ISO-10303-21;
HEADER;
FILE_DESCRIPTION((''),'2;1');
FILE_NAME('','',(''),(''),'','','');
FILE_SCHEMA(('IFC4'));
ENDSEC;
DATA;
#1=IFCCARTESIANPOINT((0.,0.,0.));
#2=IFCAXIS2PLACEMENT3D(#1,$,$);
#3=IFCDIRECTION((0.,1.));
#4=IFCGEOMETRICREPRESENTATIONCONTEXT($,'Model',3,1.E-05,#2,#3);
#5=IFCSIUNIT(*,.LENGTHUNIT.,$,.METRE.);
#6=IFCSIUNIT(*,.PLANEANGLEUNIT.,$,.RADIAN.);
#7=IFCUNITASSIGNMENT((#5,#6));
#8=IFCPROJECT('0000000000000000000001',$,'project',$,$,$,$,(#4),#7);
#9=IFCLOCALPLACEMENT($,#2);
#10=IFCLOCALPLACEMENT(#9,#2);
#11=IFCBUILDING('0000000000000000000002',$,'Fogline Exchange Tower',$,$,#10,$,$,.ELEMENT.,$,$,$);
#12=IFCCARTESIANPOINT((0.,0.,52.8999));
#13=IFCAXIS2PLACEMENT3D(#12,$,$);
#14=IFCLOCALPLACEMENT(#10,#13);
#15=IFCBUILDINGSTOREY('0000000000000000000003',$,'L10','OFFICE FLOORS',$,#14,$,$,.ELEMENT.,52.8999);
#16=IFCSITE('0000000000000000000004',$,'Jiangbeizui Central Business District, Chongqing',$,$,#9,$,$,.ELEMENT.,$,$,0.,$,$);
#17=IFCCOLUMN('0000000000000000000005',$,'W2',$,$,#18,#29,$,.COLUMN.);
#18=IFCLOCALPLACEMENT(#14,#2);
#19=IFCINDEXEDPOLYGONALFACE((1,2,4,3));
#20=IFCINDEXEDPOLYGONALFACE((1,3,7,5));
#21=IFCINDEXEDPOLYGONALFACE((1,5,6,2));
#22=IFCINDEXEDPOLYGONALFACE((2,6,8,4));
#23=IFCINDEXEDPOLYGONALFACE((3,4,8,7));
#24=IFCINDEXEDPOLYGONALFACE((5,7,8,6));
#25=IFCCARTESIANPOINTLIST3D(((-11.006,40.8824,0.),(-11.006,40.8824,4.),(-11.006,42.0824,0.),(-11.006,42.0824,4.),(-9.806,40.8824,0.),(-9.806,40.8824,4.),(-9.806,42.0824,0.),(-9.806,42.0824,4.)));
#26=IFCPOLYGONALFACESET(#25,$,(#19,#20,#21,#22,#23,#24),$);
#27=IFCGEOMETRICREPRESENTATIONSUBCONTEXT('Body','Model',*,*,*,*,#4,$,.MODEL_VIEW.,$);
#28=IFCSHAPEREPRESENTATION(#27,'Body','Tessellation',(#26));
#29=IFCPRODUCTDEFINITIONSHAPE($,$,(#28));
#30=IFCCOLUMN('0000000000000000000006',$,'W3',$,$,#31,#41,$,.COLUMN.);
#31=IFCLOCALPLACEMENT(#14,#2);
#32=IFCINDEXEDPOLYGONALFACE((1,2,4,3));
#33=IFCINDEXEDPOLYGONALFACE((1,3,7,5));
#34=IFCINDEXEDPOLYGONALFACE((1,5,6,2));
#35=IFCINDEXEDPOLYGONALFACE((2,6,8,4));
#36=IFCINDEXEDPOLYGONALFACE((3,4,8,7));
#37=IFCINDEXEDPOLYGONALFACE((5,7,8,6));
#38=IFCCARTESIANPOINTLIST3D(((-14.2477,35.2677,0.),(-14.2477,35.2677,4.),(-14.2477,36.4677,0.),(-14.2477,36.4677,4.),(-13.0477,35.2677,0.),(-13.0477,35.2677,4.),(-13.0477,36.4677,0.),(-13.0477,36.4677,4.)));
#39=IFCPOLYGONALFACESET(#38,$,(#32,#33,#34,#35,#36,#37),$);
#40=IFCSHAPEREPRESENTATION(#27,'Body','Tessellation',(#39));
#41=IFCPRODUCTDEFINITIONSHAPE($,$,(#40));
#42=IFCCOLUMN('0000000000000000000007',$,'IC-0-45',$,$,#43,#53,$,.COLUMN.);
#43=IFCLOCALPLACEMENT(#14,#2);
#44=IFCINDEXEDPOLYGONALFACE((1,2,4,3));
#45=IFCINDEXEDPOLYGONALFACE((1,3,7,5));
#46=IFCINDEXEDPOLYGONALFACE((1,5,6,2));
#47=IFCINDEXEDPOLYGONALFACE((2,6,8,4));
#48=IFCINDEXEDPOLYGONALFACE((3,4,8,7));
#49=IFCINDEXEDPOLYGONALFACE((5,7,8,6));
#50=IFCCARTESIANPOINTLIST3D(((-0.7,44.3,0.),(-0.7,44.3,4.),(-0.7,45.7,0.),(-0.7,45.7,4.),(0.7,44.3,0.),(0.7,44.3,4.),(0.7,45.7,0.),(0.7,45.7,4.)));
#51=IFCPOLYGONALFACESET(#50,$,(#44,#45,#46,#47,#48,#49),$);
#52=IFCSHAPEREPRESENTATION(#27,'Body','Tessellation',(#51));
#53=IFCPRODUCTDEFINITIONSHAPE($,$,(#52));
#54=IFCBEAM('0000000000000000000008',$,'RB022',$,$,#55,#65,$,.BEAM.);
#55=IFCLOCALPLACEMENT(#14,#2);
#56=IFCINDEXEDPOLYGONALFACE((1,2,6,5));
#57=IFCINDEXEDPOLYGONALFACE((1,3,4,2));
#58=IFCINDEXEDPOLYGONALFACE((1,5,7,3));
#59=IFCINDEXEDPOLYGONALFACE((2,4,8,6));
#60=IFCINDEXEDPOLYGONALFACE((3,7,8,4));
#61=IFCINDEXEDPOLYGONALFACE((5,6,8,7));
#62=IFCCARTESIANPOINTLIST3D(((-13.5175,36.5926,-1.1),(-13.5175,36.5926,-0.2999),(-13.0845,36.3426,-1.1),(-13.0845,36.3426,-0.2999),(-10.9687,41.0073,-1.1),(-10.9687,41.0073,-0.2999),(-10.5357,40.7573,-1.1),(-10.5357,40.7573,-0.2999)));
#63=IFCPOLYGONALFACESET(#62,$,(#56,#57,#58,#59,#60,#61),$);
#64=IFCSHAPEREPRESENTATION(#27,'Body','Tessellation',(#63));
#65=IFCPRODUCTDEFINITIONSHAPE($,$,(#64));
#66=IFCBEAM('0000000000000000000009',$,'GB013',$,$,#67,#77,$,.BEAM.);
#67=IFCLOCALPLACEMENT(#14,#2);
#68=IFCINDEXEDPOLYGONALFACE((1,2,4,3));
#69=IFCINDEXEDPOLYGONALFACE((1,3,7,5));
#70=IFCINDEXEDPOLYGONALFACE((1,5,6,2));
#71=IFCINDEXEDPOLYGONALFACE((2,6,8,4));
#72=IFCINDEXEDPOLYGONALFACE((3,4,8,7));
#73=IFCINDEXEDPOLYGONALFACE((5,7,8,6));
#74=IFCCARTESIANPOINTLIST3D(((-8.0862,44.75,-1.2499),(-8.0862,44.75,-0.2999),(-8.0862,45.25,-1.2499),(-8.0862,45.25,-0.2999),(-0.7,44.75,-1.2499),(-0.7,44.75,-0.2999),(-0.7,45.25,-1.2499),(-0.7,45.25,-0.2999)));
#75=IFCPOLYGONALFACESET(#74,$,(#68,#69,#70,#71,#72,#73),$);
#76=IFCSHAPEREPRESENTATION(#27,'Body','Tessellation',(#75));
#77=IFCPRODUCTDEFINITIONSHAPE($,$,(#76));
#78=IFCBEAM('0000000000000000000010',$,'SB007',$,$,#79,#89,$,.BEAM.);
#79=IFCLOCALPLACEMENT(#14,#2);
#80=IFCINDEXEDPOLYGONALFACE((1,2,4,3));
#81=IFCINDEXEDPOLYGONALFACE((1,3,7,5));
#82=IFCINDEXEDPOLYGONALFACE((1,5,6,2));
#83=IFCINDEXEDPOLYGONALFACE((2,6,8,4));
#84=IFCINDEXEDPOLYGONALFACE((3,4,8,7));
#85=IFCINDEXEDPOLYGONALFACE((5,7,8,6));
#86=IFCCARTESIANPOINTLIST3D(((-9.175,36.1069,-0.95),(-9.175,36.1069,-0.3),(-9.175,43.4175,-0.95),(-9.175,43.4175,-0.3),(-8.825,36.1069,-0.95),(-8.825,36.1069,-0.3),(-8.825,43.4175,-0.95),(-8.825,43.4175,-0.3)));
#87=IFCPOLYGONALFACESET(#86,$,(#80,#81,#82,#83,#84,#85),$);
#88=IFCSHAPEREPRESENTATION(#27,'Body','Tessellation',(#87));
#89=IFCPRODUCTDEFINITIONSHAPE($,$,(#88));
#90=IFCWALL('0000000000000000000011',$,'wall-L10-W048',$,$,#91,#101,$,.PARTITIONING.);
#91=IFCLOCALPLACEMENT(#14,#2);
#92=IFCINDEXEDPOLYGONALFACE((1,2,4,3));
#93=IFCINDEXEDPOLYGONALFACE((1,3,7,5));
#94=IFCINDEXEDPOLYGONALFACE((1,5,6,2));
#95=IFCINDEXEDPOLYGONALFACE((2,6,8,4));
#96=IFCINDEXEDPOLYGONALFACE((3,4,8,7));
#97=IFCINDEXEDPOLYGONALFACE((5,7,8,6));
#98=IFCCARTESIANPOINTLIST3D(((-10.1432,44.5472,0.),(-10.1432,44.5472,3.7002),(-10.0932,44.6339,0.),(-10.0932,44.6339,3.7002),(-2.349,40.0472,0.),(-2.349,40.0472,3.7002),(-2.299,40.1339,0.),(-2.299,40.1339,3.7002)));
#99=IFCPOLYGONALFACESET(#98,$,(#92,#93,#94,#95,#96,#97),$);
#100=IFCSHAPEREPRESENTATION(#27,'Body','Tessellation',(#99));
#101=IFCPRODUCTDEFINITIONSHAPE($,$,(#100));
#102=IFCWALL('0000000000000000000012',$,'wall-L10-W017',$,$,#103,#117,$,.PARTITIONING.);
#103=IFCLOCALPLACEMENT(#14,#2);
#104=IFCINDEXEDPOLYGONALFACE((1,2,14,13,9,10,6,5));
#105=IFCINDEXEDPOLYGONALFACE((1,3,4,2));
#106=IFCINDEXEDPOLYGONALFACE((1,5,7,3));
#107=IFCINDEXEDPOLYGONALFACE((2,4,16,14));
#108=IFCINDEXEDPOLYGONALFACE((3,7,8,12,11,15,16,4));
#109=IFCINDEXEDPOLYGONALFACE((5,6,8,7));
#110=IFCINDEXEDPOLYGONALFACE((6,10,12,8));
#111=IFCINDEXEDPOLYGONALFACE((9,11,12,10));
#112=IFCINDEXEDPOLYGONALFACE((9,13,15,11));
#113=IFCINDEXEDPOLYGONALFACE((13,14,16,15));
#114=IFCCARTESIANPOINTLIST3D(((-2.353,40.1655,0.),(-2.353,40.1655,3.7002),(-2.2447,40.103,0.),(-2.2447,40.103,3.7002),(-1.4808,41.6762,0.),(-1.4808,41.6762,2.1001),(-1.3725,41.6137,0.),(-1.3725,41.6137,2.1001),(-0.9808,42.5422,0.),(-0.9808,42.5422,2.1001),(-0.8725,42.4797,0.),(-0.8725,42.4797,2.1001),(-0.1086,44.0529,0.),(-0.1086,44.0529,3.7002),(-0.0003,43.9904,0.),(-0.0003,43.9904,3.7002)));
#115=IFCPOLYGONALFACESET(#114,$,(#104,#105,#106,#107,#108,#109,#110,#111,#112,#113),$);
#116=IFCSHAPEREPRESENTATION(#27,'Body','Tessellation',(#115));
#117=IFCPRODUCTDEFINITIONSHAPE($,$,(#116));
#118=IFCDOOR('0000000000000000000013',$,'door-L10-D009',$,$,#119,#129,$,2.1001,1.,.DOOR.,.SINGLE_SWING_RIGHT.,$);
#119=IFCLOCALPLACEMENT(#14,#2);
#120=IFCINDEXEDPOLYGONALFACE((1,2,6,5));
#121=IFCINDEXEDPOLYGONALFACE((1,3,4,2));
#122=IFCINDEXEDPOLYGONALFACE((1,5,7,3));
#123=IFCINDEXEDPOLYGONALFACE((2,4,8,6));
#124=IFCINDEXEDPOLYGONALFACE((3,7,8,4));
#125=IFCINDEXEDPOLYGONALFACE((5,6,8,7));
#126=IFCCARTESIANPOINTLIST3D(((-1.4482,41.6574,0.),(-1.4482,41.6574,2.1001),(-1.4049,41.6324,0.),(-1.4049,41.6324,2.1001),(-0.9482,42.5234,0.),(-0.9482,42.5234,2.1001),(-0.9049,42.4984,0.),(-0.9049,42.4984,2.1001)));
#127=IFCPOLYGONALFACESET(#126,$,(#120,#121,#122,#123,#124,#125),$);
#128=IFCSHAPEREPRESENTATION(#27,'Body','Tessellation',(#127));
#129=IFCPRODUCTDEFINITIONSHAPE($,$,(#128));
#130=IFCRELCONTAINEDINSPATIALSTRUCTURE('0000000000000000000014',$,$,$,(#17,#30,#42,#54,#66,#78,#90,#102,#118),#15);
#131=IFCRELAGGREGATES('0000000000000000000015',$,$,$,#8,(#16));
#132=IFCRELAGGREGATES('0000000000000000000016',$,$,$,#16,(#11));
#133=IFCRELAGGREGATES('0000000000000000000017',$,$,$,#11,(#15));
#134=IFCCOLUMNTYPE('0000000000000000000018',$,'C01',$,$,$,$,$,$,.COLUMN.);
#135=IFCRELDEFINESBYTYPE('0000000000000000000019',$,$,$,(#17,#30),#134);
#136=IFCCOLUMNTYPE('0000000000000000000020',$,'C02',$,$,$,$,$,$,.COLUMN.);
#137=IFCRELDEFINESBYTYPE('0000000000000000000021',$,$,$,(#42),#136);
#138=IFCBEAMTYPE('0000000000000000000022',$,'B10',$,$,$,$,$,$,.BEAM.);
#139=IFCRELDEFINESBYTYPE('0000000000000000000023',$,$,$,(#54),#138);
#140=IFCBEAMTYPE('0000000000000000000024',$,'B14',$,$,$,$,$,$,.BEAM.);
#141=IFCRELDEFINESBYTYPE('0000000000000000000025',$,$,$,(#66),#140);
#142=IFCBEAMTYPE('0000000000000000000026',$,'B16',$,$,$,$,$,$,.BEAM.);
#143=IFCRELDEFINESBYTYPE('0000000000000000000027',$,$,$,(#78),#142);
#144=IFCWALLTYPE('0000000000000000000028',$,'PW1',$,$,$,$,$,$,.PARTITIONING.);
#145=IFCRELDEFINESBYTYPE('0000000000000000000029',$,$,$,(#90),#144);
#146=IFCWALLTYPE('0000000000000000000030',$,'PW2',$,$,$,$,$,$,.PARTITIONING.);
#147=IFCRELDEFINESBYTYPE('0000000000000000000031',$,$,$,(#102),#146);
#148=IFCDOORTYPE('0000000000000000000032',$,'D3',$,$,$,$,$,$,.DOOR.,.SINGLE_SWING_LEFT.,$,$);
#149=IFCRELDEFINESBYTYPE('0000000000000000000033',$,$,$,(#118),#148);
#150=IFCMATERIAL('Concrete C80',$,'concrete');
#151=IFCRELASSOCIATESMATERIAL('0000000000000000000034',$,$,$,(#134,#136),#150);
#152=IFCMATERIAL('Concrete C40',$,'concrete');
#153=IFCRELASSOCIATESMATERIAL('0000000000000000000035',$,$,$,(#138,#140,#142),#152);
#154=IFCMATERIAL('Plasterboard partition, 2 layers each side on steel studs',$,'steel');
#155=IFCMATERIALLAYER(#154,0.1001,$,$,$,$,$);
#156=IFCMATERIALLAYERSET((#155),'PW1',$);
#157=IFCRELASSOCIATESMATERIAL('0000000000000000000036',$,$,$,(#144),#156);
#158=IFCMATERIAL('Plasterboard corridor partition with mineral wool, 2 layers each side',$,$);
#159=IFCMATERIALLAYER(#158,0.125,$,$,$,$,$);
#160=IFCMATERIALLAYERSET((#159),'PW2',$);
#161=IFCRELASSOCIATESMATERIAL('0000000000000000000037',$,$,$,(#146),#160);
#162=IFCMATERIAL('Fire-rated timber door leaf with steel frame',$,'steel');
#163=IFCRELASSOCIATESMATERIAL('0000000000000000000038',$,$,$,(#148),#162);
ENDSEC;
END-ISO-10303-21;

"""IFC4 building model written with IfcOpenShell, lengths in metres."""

from ifc_helpers import new_model, si_unit, direction, frame, frame_2d, origin, origin_2d, place, context, subcontext, project, spatial, rectangle, extrude, material, layer, layer_set, material_profile, profile_set, type_object, element, fill, save


model = new_model("IFC4")

# Units and contexts
model_context = context("Model", 3, precision=1e-05, world=origin(), true_north=direction((0.0, 1.0)))
body_context = subcontext(model_context, "Body", "Model", "MODEL_VIEW")
ifc_project = project(units=[si_unit("LENGTHUNIT", "METRE"), si_unit("PLANEANGLEUNIT", "RADIAN")], contexts=[model_context])

# Site, building, storey
site_placement = place(None, origin())
site = spatial("IfcSite", under=ifc_project, at=site_placement, Name="Jiangbeizui Central Business District, Chongqing", CompositionType="ELEMENT", RefElevation=0.0)
building_placement = place(site_placement, origin())
building = spatial("IfcBuilding", under=site, at=building_placement, Name="Fogline Exchange Tower", CompositionType="ELEMENT")
storey_placement = place(building_placement, frame((0.0, 0.0, 52.8999)))
storey = spatial("IfcBuildingStorey", under=building, at=storey_placement, Name="L10", Description="OFFICE FLOORS", CompositionType="ELEMENT", Elevation=52.8999)

# Columns
ifc_material_1 = material(Name="Concrete C80", Category="concrete")
ifc_material_profile_1 = material_profile(ifc_material_1, rectangle(XDim=1.2, YDim=1.2, at=origin_2d()), Name="RC 1200x1200")
ifc_profile_set_1 = profile_set([ifc_material_profile_1], Name="Concrete C80")
column_type_1 = type_object("IfcColumnType", Name="C01", PredefinedType="COLUMN", material=ifc_profile_set_1)
for number, where, z_axis, x_axis, name in (
    (1, (-10.406, 41.4824, 0.0), (0.0, 0.0, 1.0), (1.0, 0.0, 0.0), "W2"),
    (2, (-13.6477, 35.8677, 0.0), (0.0, 0.0, 1.0), (1.0, 0.0, 0.0), "W3"),
):
    element("IfcColumn", number, at=place(storey_placement, frame(where, z_axis=z_axis, x_axis=x_axis)), inside=storey, type_object=column_type_1, Name=name, PredefinedType="COLUMN", context=body_context, shape_type="SweptSolid", body=[
        extrude(rectangle(XDim=1.2, YDim=1.2, at=origin_2d()), origin(), (0.0, 0.0, 1.0), 4.0),
    ])
ifc_material_profile_2 = material_profile(ifc_material_1, rectangle(XDim=1.3999, YDim=1.3999, at=origin_2d()), Name="RC 1400x1400")
ifc_profile_set_2 = profile_set([ifc_material_profile_2], Name="Concrete C80")
column_type_2 = type_object("IfcColumnType", Name="C02", PredefinedType="COLUMN", material=ifc_profile_set_2)
column_placement = place(storey_placement, frame((0.0, 45.0, 0.0), z_axis=(0.0, 0.0, 1.0), x_axis=(1.0, 0.0, 0.0)))
element("IfcColumn", 3, at=column_placement, inside=storey, type_object=column_type_2, Name="IC-0-45", PredefinedType="COLUMN", context=body_context, shape_type="SweptSolid", body=[
    extrude(rectangle(XDim=1.3999, YDim=1.3999, at=origin_2d()), origin(), (0.0, 0.0, 1.0), 4.0),
])

# Beams
ifc_material_2 = material(Name="Concrete C40", Category="concrete")
ifc_material_profile_3 = material_profile(ifc_material_2, rectangle(XDim=0.5, YDim=0.8, at=origin_2d()), Name="RC 500x800")
ifc_profile_set_3 = profile_set([ifc_material_profile_3], Name="Concrete C40")
beam_type_1 = type_object("IfcBeamType", Name="B10", PredefinedType="BEAM", material=ifc_profile_set_3)
beam_1_placement = place(storey_placement, frame((-10.7522, 40.8823, -0.7), z_axis=(-0.499992, -0.86603, 0.0), x_axis=(0.86603, -0.499992, 0.0)))
element("IfcBeam", 4, at=beam_1_placement, inside=storey, type_object=beam_type_1, Name="RB022", PredefinedType="BEAM", context=body_context, shape_type="SweptSolid", body=[
    extrude(rectangle(XDim=0.5, YDim=0.8, at=origin_2d()), origin(), (0.0, 0.0, 1.0), 5.0977),
])
ifc_material_profile_4 = material_profile(ifc_material_2, rectangle(XDim=0.5, YDim=0.95, at=origin_2d()), Name="RC 500x950")
ifc_profile_set_4 = profile_set([ifc_material_profile_4], Name="Concrete C40")
beam_type_2 = type_object("IfcBeamType", Name="B14", PredefinedType="BEAM", material=ifc_profile_set_4)
beam_2_placement = place(storey_placement, frame((-8.0862, 45.0, -0.7749), z_axis=(1.0, 0.0, 0.0), x_axis=(0.0, 1.0, 0.0)))
element("IfcBeam", 5, at=beam_2_placement, inside=storey, type_object=beam_type_2, Name="GB013", PredefinedType="BEAM", context=body_context, shape_type="SweptSolid", body=[
    extrude(rectangle(XDim=0.5, YDim=0.95, at=origin_2d()), origin(), (0.0, 0.0, 1.0), 7.3862),
])
ifc_material_profile_5 = material_profile(ifc_material_2, rectangle(XDim=0.3501, YDim=0.6499, at=origin_2d()), Name="RC 350x650")
ifc_profile_set_5 = profile_set([ifc_material_profile_5], Name="Concrete C40")
beam_type_3 = type_object("IfcBeamType", Name="B16", PredefinedType="BEAM", material=ifc_profile_set_5)
beam_3_placement = place(storey_placement, frame((-9.0, 36.1069, -0.625), z_axis=(0.0, 1.0, 0.0), x_axis=(-1.0, 0.0, 0.0)))
element("IfcBeam", 6, at=beam_3_placement, inside=storey, type_object=beam_type_3, Name="SB007", PredefinedType="BEAM", context=body_context, shape_type="SweptSolid", body=[
    extrude(rectangle(XDim=0.3501, YDim=0.6499, at=origin_2d()), origin(), (0.0, 0.0, 1.0), 7.3105),
])

# Wall
ifc_material_3 = material(Name="Plasterboard partition, 2 layers each side on steel studs", Category="steel")
ifc_layer_1 = layer(ifc_material_3, 0.1001)
ifc_layer_set_1 = layer_set([ifc_layer_1], Name="PW1")
wall_type_1 = type_object("IfcWallType", Name="PW1", PredefinedType="PARTITIONING", material=ifc_layer_set_1)
wall_1_placement = place(storey_placement, frame((-2.324, 40.0906, 0.0), z_axis=(0.0, 0.0, 1.0), x_axis=(-0.866024, 0.500002, 0.0)))
element("IfcWall", 7, at=wall_1_placement, inside=storey, type_object=wall_type_1, Name="wall-L10-W048", PredefinedType="PARTITIONING", context=body_context, shape_type="SweptSolid", body=[
    extrude(rectangle(XDim=9.0, YDim=0.1001, at=frame_2d((4.5, 0.0))), origin(), (0.0, 0.0, 1.0), 3.7002),
])

# Wall, opening, door
ifc_material_4 = material(Name="Plasterboard corridor partition with mineral wool, 2 layers each side")
ifc_layer_2 = layer(ifc_material_4, 0.125)
ifc_layer_set_2 = layer_set([ifc_layer_2], Name="PW2")
wall_type_2 = type_object("IfcWallType", Name="PW2", PredefinedType="PARTITIONING", material=ifc_layer_set_2)
wall_2_placement = place(storey_placement, frame((-2.2988, 40.1343, 0.0), z_axis=(0.0, 0.0, 1.0), x_axis=(0.499994, 0.866029, 0.0)))
wall_2 = element("IfcWall", 8, at=wall_2_placement, inside=storey, type_object=wall_type_2, Name="wall-L10-W017", PredefinedType="PARTITIONING", context=body_context, shape_type="SweptSolid", body=[
    extrude(rectangle(XDim=4.4888, YDim=0.125, at=frame_2d((2.2444, 0.0))), origin(), (0.0, 0.0, 1.0), 3.7002),
])
opening_placement = place(wall_2_placement, frame((1.7444, 0.0, 0.0)))
opening = element("IfcOpeningElement", 9, at=opening_placement, cuts=wall_2, PredefinedType="OPENING", context=body_context, shape_type="SweptSolid", body=[
    extrude(rectangle(XDim=1.0, YDim=2.1001, at=frame_2d((0.5, 1.05))), frame((0.0, 0.0725, 0.0), z_axis=(0.0, -1.0, 0.0), x_axis=(1.0, 0.0, 0.0)), (0.0, 0.0, 1.0), 0.145),
])
ifc_material_5 = material(Name="Fire-rated timber door leaf with steel frame", Category="steel")
door_type = type_object("IfcDoorType", Name="D3", OperationType="SINGLE_SWING_LEFT", PredefinedType="DOOR", material=ifc_material_5)
door_placement = place(opening_placement, origin())
door = element("IfcDoor", 10, at=door_placement, inside=storey, type_object=door_type, Name="door-L10-D009", OperationType="SINGLE_SWING_RIGHT", OverallHeight=2.1001, OverallWidth=1.0, PredefinedType="DOOR", context=body_context, shape_type="SweptSolid", body=[
    extrude(rectangle(XDim=1.0, YDim=2.1001, at=frame_2d((0.5, 1.05))), frame((0.0, 0.0249, 0.0), z_axis=(0.0, -1.0, 0.0), x_axis=(1.0, 0.0, 0.0)), (0.0, 0.0, 1.0), 0.05),
])
fill(opening, door)

save(model, "model.ifc")
